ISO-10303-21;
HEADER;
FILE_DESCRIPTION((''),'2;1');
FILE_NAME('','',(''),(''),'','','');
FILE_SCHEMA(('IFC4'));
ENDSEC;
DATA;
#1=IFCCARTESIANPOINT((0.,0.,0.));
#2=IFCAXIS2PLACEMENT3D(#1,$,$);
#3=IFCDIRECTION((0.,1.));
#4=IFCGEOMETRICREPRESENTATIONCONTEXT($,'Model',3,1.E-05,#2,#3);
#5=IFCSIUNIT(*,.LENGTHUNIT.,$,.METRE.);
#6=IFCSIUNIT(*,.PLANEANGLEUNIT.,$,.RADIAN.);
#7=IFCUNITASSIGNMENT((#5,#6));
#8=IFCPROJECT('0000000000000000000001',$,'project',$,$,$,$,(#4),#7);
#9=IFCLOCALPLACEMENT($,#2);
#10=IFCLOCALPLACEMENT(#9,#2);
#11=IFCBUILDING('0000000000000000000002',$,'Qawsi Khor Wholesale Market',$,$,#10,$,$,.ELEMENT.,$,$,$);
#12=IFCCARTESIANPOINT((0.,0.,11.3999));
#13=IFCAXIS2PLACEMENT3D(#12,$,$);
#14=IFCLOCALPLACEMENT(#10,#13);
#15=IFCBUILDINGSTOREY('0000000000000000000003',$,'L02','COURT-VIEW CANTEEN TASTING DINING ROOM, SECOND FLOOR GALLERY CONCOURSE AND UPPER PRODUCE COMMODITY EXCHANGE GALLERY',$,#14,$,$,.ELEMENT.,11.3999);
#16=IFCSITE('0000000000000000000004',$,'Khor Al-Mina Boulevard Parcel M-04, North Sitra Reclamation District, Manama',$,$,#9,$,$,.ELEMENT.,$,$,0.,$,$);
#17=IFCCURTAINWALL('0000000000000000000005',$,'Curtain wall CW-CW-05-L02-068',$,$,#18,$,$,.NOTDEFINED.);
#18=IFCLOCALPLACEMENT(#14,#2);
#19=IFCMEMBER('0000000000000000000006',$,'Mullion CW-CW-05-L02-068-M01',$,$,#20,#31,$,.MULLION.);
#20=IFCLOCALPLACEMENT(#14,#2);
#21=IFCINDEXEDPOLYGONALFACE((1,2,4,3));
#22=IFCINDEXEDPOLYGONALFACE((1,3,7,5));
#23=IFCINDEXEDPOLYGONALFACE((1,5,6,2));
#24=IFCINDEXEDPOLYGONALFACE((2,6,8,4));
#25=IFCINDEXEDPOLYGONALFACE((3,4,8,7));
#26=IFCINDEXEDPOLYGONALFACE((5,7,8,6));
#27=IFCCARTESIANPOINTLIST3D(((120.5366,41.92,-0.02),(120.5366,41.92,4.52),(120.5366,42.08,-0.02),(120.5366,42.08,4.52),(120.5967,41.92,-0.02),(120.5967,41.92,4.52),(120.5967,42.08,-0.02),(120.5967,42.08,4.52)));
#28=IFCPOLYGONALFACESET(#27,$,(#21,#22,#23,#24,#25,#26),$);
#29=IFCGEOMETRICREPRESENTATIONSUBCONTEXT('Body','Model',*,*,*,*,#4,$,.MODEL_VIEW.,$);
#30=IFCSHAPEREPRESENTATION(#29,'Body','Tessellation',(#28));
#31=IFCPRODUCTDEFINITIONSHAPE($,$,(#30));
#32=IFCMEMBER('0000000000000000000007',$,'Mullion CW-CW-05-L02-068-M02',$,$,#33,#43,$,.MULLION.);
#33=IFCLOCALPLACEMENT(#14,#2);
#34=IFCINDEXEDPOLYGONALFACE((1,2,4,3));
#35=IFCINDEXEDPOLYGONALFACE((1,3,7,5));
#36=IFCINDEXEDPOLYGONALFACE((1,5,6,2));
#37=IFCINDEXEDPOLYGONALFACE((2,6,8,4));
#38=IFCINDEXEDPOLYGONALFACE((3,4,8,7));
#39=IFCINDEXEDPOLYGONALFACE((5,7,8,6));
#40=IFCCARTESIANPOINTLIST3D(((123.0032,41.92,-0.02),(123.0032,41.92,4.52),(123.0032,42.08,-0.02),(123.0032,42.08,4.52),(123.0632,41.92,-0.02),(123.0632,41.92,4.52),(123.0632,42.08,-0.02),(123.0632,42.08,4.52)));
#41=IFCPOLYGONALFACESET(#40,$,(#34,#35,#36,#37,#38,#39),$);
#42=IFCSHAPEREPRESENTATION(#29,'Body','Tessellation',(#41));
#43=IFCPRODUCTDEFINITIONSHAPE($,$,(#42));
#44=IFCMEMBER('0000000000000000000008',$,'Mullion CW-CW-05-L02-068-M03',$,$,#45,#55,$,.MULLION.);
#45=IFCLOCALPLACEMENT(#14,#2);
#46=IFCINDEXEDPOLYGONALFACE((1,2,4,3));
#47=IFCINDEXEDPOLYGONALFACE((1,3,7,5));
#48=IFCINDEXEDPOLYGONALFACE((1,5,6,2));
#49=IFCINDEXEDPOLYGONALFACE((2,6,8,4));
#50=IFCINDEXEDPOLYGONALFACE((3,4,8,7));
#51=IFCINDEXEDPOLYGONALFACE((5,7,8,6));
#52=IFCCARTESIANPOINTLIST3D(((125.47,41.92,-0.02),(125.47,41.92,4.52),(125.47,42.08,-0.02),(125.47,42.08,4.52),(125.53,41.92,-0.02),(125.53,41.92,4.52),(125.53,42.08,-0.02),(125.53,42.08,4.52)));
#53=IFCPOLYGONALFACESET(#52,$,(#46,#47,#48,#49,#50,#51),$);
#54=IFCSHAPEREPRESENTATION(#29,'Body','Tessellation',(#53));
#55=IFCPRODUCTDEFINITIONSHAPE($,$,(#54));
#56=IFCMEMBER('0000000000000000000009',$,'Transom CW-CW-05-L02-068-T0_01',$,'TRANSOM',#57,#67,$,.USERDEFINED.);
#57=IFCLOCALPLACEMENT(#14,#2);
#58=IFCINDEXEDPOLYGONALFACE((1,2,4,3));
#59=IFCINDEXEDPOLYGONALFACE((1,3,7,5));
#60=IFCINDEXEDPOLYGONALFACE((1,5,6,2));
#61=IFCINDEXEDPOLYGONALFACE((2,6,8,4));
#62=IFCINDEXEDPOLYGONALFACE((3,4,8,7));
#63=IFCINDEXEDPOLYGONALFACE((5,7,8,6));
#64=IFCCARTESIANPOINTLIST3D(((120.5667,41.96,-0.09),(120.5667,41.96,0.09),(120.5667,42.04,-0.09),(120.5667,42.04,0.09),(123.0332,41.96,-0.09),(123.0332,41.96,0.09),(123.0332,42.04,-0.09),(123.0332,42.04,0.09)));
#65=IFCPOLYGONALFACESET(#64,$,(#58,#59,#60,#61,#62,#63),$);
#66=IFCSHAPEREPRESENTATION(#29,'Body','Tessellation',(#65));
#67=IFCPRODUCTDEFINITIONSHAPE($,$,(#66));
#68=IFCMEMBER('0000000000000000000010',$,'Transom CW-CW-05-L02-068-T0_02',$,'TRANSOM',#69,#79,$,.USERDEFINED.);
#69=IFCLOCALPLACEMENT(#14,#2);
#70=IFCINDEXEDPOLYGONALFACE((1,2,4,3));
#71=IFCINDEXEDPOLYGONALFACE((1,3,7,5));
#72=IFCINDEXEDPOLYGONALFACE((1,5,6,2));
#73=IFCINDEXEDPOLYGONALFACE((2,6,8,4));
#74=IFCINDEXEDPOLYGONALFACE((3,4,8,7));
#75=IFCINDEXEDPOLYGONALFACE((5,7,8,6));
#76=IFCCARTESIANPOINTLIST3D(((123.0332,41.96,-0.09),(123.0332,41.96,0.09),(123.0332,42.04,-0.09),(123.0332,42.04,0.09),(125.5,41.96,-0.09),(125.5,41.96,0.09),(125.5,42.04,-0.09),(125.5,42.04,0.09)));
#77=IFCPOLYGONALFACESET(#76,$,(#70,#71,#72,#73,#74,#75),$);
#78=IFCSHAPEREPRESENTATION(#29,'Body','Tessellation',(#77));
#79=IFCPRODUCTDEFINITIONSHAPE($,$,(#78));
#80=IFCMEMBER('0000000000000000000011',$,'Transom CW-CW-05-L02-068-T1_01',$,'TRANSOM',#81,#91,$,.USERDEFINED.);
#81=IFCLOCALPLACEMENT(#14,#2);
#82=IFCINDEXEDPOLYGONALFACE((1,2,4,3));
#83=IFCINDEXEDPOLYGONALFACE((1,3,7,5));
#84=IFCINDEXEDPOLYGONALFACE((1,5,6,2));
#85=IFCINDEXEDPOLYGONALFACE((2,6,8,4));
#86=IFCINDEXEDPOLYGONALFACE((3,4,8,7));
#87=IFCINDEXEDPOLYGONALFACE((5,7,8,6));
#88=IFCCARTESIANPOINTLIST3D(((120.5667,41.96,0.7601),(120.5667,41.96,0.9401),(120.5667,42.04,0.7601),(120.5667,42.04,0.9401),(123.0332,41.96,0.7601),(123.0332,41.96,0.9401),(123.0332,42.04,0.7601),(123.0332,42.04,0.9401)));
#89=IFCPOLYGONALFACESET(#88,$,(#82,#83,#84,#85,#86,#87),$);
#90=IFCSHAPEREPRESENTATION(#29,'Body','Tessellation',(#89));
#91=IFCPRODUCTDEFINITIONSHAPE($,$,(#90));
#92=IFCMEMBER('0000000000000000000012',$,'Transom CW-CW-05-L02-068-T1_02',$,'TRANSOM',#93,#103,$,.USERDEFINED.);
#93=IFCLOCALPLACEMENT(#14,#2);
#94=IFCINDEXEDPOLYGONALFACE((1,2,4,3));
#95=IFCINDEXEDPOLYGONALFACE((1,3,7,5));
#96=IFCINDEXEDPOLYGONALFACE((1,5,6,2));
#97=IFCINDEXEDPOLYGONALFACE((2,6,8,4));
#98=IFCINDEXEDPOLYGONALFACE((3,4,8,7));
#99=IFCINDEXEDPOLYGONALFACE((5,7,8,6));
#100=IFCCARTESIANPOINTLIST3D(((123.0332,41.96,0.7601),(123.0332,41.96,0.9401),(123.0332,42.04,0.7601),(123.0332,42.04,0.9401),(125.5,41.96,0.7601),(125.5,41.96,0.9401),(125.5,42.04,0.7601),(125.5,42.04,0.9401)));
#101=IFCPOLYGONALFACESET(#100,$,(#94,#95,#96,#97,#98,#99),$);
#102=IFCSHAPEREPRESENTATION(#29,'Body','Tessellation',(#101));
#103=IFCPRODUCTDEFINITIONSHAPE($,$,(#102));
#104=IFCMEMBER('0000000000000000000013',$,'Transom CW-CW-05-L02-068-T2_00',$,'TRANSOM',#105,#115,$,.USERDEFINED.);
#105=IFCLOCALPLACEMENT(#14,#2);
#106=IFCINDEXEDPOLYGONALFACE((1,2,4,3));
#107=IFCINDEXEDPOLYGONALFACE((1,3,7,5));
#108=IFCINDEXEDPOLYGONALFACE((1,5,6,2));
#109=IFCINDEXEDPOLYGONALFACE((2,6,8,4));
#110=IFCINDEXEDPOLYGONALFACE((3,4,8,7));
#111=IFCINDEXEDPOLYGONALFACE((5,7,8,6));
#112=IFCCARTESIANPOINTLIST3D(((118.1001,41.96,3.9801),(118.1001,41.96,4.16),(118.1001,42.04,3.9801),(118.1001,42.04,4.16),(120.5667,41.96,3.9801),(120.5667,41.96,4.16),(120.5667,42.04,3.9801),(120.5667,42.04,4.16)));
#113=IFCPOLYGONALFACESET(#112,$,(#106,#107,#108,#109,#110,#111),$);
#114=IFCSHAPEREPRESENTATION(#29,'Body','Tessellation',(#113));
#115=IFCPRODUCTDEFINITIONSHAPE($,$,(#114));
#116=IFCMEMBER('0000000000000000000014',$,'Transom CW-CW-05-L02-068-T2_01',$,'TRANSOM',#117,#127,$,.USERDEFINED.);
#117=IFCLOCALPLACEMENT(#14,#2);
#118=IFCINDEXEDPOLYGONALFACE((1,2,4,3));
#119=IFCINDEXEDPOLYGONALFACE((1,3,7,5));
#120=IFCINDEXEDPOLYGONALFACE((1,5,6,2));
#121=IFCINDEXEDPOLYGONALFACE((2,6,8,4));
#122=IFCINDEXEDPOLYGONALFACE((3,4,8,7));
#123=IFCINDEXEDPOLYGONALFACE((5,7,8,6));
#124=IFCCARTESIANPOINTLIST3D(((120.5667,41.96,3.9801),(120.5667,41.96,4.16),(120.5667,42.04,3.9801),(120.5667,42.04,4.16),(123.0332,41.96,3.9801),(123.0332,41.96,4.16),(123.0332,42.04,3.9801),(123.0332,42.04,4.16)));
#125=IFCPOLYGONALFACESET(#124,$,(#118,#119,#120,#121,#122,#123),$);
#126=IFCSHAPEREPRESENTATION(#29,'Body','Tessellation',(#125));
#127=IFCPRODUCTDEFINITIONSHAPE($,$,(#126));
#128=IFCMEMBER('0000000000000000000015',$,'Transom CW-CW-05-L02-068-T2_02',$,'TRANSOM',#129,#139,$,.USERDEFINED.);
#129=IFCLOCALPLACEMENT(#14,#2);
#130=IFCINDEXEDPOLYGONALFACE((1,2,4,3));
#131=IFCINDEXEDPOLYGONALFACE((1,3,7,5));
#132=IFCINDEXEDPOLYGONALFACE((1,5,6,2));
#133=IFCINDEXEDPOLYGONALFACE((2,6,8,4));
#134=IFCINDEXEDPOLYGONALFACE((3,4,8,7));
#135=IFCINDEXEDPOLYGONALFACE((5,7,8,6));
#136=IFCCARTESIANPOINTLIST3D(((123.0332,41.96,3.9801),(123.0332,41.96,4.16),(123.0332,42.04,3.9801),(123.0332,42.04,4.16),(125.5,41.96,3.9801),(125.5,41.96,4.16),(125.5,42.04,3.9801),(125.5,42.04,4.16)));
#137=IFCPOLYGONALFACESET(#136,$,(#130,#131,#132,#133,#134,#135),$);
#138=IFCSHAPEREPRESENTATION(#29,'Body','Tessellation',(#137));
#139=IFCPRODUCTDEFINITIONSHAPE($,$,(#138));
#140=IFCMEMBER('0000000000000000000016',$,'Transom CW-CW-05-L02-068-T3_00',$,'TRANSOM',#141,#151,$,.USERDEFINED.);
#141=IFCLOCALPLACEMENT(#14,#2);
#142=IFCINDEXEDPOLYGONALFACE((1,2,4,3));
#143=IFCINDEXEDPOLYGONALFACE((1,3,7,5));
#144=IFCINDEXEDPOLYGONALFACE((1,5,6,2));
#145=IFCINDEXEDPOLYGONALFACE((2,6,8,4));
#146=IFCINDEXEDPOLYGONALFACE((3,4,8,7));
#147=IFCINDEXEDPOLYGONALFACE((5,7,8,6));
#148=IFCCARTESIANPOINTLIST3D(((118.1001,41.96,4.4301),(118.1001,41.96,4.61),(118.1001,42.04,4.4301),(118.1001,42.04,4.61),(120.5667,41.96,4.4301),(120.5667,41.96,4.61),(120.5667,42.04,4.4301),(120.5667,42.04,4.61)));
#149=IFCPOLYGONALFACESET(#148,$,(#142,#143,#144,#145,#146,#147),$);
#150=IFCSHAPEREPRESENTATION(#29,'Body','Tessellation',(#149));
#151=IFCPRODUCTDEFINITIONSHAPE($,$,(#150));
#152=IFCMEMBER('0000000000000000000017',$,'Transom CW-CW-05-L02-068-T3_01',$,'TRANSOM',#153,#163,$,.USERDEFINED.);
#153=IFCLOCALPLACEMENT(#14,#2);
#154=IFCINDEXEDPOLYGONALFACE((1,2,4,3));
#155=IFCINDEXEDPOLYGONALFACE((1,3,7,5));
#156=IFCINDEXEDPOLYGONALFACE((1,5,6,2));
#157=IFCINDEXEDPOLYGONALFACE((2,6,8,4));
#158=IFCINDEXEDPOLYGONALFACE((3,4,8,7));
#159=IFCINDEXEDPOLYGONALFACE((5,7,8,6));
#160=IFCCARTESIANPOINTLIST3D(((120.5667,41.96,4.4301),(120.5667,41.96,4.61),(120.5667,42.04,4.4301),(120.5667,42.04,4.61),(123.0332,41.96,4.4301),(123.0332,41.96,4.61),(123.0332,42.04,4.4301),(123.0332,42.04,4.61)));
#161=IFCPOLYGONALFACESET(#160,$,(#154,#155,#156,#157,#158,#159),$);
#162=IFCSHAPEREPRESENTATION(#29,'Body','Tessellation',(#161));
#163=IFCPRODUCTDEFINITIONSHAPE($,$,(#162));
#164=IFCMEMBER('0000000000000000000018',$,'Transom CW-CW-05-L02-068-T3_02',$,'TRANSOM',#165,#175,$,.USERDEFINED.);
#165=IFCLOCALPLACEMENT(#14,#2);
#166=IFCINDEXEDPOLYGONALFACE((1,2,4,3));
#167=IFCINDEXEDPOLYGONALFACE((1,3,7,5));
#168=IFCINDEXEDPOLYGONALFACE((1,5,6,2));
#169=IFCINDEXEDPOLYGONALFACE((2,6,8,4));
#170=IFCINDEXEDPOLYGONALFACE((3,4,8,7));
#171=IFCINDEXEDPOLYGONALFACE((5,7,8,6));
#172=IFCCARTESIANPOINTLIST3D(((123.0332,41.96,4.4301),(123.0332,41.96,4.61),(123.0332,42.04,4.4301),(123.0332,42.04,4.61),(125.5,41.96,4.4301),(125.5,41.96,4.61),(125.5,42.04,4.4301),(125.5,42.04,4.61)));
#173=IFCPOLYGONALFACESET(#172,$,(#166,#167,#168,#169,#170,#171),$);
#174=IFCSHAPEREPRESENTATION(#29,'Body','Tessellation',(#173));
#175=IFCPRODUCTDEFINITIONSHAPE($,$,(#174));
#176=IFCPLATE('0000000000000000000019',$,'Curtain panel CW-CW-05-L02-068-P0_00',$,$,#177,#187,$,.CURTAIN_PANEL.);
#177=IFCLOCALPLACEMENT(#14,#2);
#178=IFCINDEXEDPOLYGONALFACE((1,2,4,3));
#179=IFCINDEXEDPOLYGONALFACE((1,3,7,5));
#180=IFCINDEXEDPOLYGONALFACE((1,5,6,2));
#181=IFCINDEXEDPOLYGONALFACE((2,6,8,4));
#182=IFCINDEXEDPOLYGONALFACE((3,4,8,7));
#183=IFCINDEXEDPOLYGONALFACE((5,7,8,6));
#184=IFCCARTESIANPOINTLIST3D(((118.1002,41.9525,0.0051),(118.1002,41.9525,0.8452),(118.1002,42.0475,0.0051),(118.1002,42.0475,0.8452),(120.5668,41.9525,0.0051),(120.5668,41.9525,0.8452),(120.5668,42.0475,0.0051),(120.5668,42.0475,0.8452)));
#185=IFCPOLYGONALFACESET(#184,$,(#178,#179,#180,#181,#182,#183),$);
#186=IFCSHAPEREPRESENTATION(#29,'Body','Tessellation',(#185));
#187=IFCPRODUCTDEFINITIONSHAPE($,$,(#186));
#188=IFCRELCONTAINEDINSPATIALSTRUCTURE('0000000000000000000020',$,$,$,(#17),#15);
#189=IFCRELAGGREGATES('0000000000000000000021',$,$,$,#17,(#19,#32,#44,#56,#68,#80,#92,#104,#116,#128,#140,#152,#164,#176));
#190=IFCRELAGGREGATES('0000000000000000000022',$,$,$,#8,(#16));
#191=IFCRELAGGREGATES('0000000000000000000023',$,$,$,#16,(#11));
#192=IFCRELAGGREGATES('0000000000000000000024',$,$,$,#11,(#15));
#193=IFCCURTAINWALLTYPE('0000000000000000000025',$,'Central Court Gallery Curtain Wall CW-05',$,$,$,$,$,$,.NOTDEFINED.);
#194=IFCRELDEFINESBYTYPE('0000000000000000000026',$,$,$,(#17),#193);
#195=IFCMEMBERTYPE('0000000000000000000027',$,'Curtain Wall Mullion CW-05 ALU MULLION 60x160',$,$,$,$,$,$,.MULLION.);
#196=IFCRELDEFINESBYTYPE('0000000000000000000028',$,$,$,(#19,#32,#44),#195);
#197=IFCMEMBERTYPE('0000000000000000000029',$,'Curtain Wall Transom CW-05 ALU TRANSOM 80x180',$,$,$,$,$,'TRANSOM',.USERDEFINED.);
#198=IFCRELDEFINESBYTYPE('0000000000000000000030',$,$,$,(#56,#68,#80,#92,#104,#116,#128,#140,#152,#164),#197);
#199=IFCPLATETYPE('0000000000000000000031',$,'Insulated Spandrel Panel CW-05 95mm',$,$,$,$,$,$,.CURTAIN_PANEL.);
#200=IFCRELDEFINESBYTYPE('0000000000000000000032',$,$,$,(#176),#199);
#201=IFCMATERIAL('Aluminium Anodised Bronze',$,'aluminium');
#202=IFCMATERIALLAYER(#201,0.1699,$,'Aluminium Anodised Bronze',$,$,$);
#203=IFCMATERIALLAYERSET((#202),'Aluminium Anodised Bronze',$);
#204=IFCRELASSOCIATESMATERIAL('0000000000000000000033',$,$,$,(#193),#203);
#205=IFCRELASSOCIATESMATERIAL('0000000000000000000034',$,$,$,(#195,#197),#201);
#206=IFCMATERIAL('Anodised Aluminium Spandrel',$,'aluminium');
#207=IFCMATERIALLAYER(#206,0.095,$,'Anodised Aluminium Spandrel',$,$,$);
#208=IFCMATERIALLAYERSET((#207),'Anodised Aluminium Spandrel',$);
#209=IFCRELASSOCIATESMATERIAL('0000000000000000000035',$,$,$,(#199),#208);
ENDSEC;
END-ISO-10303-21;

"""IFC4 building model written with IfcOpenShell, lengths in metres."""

from ifc_helpers import new_model, si_unit, direction, frame, frame_2d, origin, origin_2d, place, context, subcontext, project, spatial, rectangle, extrude, material, layer, layer_set, material_profile, profile_set, type_object, element, aggregate, save


model = new_model("IFC4")

# Units and contexts
model_context = context("Model", 3, precision=1e-05, world=origin(), true_north=direction((0.0, 1.0)))
body_context = subcontext(model_context, "Body", "Model", "MODEL_VIEW")
ifc_project = project(units=[si_unit("LENGTHUNIT", "METRE"), si_unit("PLANEANGLEUNIT", "RADIAN")], contexts=[model_context])

# Site, building, storey
site_placement = place(None, origin())
site = spatial("IfcSite", under=ifc_project, at=site_placement, Name="Khor Al-Mina Boulevard Parcel M-04, North Sitra Reclamation District, Manama", CompositionType="ELEMENT", RefElevation=0.0)
building_placement = place(site_placement, origin())
building = spatial("IfcBuilding", under=site, at=building_placement, Name="Qawsi Khor Wholesale Market", CompositionType="ELEMENT")
storey_placement = place(building_placement, frame((0.0, 0.0, 11.3999)))
storey = spatial("IfcBuildingStorey", under=building, at=storey_placement, Name="L02", Description="COURT-VIEW CANTEEN TASTING DINING ROOM, SECOND FLOOR GALLERY CONCOURSE AND UPPER PRODUCE COMMODITY EXCHANGE GALLERY", CompositionType="ELEMENT", Elevation=11.3999)

# Curtain wall, members, plate
ifc_material_1 = material(Name="Aluminium Anodised Bronze", Category="aluminium")
ifc_layer_1 = layer(ifc_material_1, 0.1699, Name="Aluminium Anodised Bronze")
ifc_layer_set_1 = layer_set([ifc_layer_1], Name="Aluminium Anodised Bronze")
curtain_wall_type = type_object("IfcCurtainWallType", Name="Central Court Gallery Curtain Wall CW-05", PredefinedType="NOTDEFINED", material=ifc_layer_set_1)
curtain_wall_placement = place(storey_placement, origin())
curtain_wall = element("IfcCurtainWall", 1, at=curtain_wall_placement, inside=storey, type_object=curtain_wall_type, Name="Curtain wall CW-CW-05-L02-068", PredefinedType="NOTDEFINED")
ifc_material_profile_1 = material_profile(ifc_material_1, rectangle(XDim=0.0601, YDim=0.1599, at=origin_2d()), Name="ALU MULLION 60x160")
ifc_profile_set_1 = profile_set([ifc_material_profile_1], Name="Aluminium Anodised Bronze")
member_type_1 = type_object("IfcMemberType", Name="Curtain Wall Mullion CW-05 ALU MULLION 60x160", PredefinedType="MULLION", material=ifc_profile_set_1)
member_1_placement = place(storey_placement, frame((120.5667, 42.0, -0.02), z_axis=(0.0, 0.0, 1.0), x_axis=(1.0, 0.0, 0.0)))
member_1 = element("IfcMember", 2, at=member_1_placement, type_object=member_type_1, Name="Mullion CW-CW-05-L02-068-M01", PredefinedType="MULLION", context=body_context, shape_type="SweptSolid", body=[
    extrude(rectangle(XDim=0.0601, YDim=0.1599, at=origin_2d()), origin(), (0.0, 0.0, 1.0), 4.54),
])
member_2_placement = place(storey_placement, frame((123.0332, 42.0, -0.02), z_axis=(0.0, 0.0, 1.0), x_axis=(1.0, 0.0, 0.0)))
member_2 = element("IfcMember", 3, at=member_2_placement, type_object=member_type_1, Name="Mullion CW-CW-05-L02-068-M02", PredefinedType="MULLION", context=body_context, shape_type="SweptSolid", body=[
    extrude(rectangle(XDim=0.0601, YDim=0.1599, at=origin_2d()), origin(), (0.0, 0.0, 1.0), 4.54),
])
member_3_placement = place(storey_placement, frame((125.5, 42.0, -0.02), z_axis=(0.0, 0.0, 1.0), x_axis=(1.0, 0.0, 0.0)))
member_3 = element("IfcMember", 4, at=member_3_placement, type_object=member_type_1, Name="Mullion CW-CW-05-L02-068-M03", PredefinedType="MULLION", context=body_context, shape_type="SweptSolid", body=[
    extrude(rectangle(XDim=0.0601, YDim=0.1599, at=origin_2d()), origin(), (0.0, 0.0, 1.0), 4.54),
])
ifc_material_profile_2 = material_profile(ifc_material_1, rectangle(XDim=0.0801, YDim=0.1799, at=origin_2d()), Name="ALU TRANSOM 80x180")
ifc_profile_set_2 = profile_set([ifc_material_profile_2], Name="Aluminium Anodised Bronze")
member_type_2 = type_object("IfcMemberType", Name="Curtain Wall Transom CW-05 ALU TRANSOM 80x180", ElementType="TRANSOM", PredefinedType="USERDEFINED", material=ifc_profile_set_2)
member_4_placement = place(storey_placement, frame((120.5667, 42.0, 0.0), z_axis=(1.0, 0.0, 0.0), x_axis=(0.0, 1.0, 0.0)))
member_4 = element("IfcMember", 5, at=member_4_placement, type_object=member_type_2, Name="Transom CW-CW-05-L02-068-T0_01", ObjectType="TRANSOM", PredefinedType="USERDEFINED", context=body_context, shape_type="SweptSolid", body=[
    extrude(rectangle(XDim=0.0801, YDim=0.1799, at=origin_2d()), origin(), (0.0, 0.0, 1.0), 2.4666),
])
member_5_placement = place(storey_placement, frame((123.0332, 42.0, 0.0), z_axis=(1.0, 0.0, 0.0), x_axis=(0.0, 1.0, 0.0)))
member_5 = element("IfcMember", 6, at=member_5_placement, type_object=member_type_2, Name="Transom CW-CW-05-L02-068-T0_02", ObjectType="TRANSOM", PredefinedType="USERDEFINED", context=body_context, shape_type="SweptSolid", body=[
    extrude(rectangle(XDim=0.0801, YDim=0.1799, at=origin_2d()), origin(), (0.0, 0.0, 1.0), 2.4668),
])
member_6_placement = place(storey_placement, frame((120.5667, 42.0, 0.8501), z_axis=(1.0, 0.0, 0.0), x_axis=(0.0, 1.0, 0.0)))
member_6 = element("IfcMember", 7, at=member_6_placement, type_object=member_type_2, Name="Transom CW-CW-05-L02-068-T1_01", ObjectType="TRANSOM", PredefinedType="USERDEFINED", context=body_context, shape_type="SweptSolid", body=[
    extrude(rectangle(XDim=0.0801, YDim=0.1799, at=origin_2d()), origin(), (0.0, 0.0, 1.0), 2.4666),
])
member_7_placement = place(storey_placement, frame((123.0332, 42.0, 0.8501), z_axis=(1.0, 0.0, 0.0), x_axis=(0.0, 1.0, 0.0)))
member_7 = element("IfcMember", 8, at=member_7_placement, type_object=member_type_2, Name="Transom CW-CW-05-L02-068-T1_02", ObjectType="TRANSOM", PredefinedType="USERDEFINED", context=body_context, shape_type="SweptSolid", body=[
    extrude(rectangle(XDim=0.0801, YDim=0.1799, at=origin_2d()), origin(), (0.0, 0.0, 1.0), 2.4668),
])
member_8_placement = place(storey_placement, frame((118.1001, 42.0, 4.0701), z_axis=(1.0, 0.0, 0.0), x_axis=(0.0, 1.0, 0.0)))
member_8 = element("IfcMember", 9, at=member_8_placement, type_object=member_type_2, Name="Transom CW-CW-05-L02-068-T2_00", ObjectType="TRANSOM", PredefinedType="USERDEFINED", context=body_context, shape_type="SweptSolid", body=[
    extrude(rectangle(XDim=0.0801, YDim=0.1799, at=origin_2d()), origin(), (0.0, 0.0, 1.0), 2.4666),
])
member_9_placement = place(storey_placement, frame((120.5667, 42.0, 4.0701), z_axis=(1.0, 0.0, 0.0), x_axis=(0.0, 1.0, 0.0)))
member_9 = element("IfcMember", 10, at=member_9_placement, type_object=member_type_2, Name="Transom CW-CW-05-L02-068-T2_01", ObjectType="TRANSOM", PredefinedType="USERDEFINED", context=body_context, shape_type="SweptSolid", body=[
    extrude(rectangle(XDim=0.0801, YDim=0.1799, at=origin_2d()), origin(), (0.0, 0.0, 1.0), 2.4666),
])
member_10_placement = place(storey_placement, frame((123.0332, 42.0, 4.0701), z_axis=(1.0, 0.0, 0.0), x_axis=(0.0, 1.0, 0.0)))
member_10 = element("IfcMember", 11, at=member_10_placement, type_object=member_type_2, Name="Transom CW-CW-05-L02-068-T2_02", ObjectType="TRANSOM", PredefinedType="USERDEFINED", context=body_context, shape_type="SweptSolid", body=[
    extrude(rectangle(XDim=0.0801, YDim=0.1799, at=origin_2d()), origin(), (0.0, 0.0, 1.0), 2.4668),
])
member_11_placement = place(storey_placement, frame((118.1001, 42.0, 4.52), z_axis=(1.0, 0.0, 0.0), x_axis=(0.0, 1.0, 0.0)))
member_11 = element("IfcMember", 12, at=member_11_placement, type_object=member_type_2, Name="Transom CW-CW-05-L02-068-T3_00", ObjectType="TRANSOM", PredefinedType="USERDEFINED", context=body_context, shape_type="SweptSolid", body=[
    extrude(rectangle(XDim=0.0801, YDim=0.1799, at=origin_2d()), origin(), (0.0, 0.0, 1.0), 2.4666),
])
member_12_placement = place(storey_placement, frame((120.5667, 42.0, 4.52), z_axis=(1.0, 0.0, 0.0), x_axis=(0.0, 1.0, 0.0)))
member_12 = element("IfcMember", 13, at=member_12_placement, type_object=member_type_2, Name="Transom CW-CW-05-L02-068-T3_01", ObjectType="TRANSOM", PredefinedType="USERDEFINED", context=body_context, shape_type="SweptSolid", body=[
    extrude(rectangle(XDim=0.0801, YDim=0.1799, at=origin_2d()), origin(), (0.0, 0.0, 1.0), 2.4666),
])
member_13_placement = place(storey_placement, frame((123.0332, 42.0, 4.52), z_axis=(1.0, 0.0, 0.0), x_axis=(0.0, 1.0, 0.0)))
member_13 = element("IfcMember", 14, at=member_13_placement, type_object=member_type_2, Name="Transom CW-CW-05-L02-068-T3_02", ObjectType="TRANSOM", PredefinedType="USERDEFINED", context=body_context, shape_type="SweptSolid", body=[
    extrude(rectangle(XDim=0.0801, YDim=0.1799, at=origin_2d()), origin(), (0.0, 0.0, 1.0), 2.4668),
])
ifc_material_2 = material(Name="Anodised Aluminium Spandrel", Category="aluminium")
ifc_layer_2 = layer(ifc_material_2, 0.095, Name="Anodised Aluminium Spandrel")
ifc_layer_set_2 = layer_set([ifc_layer_2], Name="Anodised Aluminium Spandrel")
plate_type_1 = type_object("IfcPlateType", Name="Insulated Spandrel Panel CW-05 95mm", PredefinedType="CURTAIN_PANEL", material=ifc_layer_set_2)
plate_1_placement = place(storey_placement, frame((118.1001, 42.0, 0.0051), z_axis=(0.0, 0.0, 1.0), x_axis=(1.0, 0.0, 0.0)))
plate_1 = element("IfcPlate", 15, at=plate_1_placement, type_object=plate_type_1, Name="Curtain panel CW-CW-05-L02-068-P0_00", PredefinedType="CURTAIN_PANEL", context=body_context, shape_type="SweptSolid", body=[
    extrude(rectangle(XDim=2.4666, YDim=0.095, at=frame_2d((1.2334, 0.0))), origin(), (0.0, 0.0, 1.0), 0.8401),
])
aggregate(curtain_wall, [member_1, member_2, member_3, member_4, member_5, member_6, member_7, member_8, member_9, member_10, member_11, member_12, member_13, plate_1])

save(model, "model.ifc")
